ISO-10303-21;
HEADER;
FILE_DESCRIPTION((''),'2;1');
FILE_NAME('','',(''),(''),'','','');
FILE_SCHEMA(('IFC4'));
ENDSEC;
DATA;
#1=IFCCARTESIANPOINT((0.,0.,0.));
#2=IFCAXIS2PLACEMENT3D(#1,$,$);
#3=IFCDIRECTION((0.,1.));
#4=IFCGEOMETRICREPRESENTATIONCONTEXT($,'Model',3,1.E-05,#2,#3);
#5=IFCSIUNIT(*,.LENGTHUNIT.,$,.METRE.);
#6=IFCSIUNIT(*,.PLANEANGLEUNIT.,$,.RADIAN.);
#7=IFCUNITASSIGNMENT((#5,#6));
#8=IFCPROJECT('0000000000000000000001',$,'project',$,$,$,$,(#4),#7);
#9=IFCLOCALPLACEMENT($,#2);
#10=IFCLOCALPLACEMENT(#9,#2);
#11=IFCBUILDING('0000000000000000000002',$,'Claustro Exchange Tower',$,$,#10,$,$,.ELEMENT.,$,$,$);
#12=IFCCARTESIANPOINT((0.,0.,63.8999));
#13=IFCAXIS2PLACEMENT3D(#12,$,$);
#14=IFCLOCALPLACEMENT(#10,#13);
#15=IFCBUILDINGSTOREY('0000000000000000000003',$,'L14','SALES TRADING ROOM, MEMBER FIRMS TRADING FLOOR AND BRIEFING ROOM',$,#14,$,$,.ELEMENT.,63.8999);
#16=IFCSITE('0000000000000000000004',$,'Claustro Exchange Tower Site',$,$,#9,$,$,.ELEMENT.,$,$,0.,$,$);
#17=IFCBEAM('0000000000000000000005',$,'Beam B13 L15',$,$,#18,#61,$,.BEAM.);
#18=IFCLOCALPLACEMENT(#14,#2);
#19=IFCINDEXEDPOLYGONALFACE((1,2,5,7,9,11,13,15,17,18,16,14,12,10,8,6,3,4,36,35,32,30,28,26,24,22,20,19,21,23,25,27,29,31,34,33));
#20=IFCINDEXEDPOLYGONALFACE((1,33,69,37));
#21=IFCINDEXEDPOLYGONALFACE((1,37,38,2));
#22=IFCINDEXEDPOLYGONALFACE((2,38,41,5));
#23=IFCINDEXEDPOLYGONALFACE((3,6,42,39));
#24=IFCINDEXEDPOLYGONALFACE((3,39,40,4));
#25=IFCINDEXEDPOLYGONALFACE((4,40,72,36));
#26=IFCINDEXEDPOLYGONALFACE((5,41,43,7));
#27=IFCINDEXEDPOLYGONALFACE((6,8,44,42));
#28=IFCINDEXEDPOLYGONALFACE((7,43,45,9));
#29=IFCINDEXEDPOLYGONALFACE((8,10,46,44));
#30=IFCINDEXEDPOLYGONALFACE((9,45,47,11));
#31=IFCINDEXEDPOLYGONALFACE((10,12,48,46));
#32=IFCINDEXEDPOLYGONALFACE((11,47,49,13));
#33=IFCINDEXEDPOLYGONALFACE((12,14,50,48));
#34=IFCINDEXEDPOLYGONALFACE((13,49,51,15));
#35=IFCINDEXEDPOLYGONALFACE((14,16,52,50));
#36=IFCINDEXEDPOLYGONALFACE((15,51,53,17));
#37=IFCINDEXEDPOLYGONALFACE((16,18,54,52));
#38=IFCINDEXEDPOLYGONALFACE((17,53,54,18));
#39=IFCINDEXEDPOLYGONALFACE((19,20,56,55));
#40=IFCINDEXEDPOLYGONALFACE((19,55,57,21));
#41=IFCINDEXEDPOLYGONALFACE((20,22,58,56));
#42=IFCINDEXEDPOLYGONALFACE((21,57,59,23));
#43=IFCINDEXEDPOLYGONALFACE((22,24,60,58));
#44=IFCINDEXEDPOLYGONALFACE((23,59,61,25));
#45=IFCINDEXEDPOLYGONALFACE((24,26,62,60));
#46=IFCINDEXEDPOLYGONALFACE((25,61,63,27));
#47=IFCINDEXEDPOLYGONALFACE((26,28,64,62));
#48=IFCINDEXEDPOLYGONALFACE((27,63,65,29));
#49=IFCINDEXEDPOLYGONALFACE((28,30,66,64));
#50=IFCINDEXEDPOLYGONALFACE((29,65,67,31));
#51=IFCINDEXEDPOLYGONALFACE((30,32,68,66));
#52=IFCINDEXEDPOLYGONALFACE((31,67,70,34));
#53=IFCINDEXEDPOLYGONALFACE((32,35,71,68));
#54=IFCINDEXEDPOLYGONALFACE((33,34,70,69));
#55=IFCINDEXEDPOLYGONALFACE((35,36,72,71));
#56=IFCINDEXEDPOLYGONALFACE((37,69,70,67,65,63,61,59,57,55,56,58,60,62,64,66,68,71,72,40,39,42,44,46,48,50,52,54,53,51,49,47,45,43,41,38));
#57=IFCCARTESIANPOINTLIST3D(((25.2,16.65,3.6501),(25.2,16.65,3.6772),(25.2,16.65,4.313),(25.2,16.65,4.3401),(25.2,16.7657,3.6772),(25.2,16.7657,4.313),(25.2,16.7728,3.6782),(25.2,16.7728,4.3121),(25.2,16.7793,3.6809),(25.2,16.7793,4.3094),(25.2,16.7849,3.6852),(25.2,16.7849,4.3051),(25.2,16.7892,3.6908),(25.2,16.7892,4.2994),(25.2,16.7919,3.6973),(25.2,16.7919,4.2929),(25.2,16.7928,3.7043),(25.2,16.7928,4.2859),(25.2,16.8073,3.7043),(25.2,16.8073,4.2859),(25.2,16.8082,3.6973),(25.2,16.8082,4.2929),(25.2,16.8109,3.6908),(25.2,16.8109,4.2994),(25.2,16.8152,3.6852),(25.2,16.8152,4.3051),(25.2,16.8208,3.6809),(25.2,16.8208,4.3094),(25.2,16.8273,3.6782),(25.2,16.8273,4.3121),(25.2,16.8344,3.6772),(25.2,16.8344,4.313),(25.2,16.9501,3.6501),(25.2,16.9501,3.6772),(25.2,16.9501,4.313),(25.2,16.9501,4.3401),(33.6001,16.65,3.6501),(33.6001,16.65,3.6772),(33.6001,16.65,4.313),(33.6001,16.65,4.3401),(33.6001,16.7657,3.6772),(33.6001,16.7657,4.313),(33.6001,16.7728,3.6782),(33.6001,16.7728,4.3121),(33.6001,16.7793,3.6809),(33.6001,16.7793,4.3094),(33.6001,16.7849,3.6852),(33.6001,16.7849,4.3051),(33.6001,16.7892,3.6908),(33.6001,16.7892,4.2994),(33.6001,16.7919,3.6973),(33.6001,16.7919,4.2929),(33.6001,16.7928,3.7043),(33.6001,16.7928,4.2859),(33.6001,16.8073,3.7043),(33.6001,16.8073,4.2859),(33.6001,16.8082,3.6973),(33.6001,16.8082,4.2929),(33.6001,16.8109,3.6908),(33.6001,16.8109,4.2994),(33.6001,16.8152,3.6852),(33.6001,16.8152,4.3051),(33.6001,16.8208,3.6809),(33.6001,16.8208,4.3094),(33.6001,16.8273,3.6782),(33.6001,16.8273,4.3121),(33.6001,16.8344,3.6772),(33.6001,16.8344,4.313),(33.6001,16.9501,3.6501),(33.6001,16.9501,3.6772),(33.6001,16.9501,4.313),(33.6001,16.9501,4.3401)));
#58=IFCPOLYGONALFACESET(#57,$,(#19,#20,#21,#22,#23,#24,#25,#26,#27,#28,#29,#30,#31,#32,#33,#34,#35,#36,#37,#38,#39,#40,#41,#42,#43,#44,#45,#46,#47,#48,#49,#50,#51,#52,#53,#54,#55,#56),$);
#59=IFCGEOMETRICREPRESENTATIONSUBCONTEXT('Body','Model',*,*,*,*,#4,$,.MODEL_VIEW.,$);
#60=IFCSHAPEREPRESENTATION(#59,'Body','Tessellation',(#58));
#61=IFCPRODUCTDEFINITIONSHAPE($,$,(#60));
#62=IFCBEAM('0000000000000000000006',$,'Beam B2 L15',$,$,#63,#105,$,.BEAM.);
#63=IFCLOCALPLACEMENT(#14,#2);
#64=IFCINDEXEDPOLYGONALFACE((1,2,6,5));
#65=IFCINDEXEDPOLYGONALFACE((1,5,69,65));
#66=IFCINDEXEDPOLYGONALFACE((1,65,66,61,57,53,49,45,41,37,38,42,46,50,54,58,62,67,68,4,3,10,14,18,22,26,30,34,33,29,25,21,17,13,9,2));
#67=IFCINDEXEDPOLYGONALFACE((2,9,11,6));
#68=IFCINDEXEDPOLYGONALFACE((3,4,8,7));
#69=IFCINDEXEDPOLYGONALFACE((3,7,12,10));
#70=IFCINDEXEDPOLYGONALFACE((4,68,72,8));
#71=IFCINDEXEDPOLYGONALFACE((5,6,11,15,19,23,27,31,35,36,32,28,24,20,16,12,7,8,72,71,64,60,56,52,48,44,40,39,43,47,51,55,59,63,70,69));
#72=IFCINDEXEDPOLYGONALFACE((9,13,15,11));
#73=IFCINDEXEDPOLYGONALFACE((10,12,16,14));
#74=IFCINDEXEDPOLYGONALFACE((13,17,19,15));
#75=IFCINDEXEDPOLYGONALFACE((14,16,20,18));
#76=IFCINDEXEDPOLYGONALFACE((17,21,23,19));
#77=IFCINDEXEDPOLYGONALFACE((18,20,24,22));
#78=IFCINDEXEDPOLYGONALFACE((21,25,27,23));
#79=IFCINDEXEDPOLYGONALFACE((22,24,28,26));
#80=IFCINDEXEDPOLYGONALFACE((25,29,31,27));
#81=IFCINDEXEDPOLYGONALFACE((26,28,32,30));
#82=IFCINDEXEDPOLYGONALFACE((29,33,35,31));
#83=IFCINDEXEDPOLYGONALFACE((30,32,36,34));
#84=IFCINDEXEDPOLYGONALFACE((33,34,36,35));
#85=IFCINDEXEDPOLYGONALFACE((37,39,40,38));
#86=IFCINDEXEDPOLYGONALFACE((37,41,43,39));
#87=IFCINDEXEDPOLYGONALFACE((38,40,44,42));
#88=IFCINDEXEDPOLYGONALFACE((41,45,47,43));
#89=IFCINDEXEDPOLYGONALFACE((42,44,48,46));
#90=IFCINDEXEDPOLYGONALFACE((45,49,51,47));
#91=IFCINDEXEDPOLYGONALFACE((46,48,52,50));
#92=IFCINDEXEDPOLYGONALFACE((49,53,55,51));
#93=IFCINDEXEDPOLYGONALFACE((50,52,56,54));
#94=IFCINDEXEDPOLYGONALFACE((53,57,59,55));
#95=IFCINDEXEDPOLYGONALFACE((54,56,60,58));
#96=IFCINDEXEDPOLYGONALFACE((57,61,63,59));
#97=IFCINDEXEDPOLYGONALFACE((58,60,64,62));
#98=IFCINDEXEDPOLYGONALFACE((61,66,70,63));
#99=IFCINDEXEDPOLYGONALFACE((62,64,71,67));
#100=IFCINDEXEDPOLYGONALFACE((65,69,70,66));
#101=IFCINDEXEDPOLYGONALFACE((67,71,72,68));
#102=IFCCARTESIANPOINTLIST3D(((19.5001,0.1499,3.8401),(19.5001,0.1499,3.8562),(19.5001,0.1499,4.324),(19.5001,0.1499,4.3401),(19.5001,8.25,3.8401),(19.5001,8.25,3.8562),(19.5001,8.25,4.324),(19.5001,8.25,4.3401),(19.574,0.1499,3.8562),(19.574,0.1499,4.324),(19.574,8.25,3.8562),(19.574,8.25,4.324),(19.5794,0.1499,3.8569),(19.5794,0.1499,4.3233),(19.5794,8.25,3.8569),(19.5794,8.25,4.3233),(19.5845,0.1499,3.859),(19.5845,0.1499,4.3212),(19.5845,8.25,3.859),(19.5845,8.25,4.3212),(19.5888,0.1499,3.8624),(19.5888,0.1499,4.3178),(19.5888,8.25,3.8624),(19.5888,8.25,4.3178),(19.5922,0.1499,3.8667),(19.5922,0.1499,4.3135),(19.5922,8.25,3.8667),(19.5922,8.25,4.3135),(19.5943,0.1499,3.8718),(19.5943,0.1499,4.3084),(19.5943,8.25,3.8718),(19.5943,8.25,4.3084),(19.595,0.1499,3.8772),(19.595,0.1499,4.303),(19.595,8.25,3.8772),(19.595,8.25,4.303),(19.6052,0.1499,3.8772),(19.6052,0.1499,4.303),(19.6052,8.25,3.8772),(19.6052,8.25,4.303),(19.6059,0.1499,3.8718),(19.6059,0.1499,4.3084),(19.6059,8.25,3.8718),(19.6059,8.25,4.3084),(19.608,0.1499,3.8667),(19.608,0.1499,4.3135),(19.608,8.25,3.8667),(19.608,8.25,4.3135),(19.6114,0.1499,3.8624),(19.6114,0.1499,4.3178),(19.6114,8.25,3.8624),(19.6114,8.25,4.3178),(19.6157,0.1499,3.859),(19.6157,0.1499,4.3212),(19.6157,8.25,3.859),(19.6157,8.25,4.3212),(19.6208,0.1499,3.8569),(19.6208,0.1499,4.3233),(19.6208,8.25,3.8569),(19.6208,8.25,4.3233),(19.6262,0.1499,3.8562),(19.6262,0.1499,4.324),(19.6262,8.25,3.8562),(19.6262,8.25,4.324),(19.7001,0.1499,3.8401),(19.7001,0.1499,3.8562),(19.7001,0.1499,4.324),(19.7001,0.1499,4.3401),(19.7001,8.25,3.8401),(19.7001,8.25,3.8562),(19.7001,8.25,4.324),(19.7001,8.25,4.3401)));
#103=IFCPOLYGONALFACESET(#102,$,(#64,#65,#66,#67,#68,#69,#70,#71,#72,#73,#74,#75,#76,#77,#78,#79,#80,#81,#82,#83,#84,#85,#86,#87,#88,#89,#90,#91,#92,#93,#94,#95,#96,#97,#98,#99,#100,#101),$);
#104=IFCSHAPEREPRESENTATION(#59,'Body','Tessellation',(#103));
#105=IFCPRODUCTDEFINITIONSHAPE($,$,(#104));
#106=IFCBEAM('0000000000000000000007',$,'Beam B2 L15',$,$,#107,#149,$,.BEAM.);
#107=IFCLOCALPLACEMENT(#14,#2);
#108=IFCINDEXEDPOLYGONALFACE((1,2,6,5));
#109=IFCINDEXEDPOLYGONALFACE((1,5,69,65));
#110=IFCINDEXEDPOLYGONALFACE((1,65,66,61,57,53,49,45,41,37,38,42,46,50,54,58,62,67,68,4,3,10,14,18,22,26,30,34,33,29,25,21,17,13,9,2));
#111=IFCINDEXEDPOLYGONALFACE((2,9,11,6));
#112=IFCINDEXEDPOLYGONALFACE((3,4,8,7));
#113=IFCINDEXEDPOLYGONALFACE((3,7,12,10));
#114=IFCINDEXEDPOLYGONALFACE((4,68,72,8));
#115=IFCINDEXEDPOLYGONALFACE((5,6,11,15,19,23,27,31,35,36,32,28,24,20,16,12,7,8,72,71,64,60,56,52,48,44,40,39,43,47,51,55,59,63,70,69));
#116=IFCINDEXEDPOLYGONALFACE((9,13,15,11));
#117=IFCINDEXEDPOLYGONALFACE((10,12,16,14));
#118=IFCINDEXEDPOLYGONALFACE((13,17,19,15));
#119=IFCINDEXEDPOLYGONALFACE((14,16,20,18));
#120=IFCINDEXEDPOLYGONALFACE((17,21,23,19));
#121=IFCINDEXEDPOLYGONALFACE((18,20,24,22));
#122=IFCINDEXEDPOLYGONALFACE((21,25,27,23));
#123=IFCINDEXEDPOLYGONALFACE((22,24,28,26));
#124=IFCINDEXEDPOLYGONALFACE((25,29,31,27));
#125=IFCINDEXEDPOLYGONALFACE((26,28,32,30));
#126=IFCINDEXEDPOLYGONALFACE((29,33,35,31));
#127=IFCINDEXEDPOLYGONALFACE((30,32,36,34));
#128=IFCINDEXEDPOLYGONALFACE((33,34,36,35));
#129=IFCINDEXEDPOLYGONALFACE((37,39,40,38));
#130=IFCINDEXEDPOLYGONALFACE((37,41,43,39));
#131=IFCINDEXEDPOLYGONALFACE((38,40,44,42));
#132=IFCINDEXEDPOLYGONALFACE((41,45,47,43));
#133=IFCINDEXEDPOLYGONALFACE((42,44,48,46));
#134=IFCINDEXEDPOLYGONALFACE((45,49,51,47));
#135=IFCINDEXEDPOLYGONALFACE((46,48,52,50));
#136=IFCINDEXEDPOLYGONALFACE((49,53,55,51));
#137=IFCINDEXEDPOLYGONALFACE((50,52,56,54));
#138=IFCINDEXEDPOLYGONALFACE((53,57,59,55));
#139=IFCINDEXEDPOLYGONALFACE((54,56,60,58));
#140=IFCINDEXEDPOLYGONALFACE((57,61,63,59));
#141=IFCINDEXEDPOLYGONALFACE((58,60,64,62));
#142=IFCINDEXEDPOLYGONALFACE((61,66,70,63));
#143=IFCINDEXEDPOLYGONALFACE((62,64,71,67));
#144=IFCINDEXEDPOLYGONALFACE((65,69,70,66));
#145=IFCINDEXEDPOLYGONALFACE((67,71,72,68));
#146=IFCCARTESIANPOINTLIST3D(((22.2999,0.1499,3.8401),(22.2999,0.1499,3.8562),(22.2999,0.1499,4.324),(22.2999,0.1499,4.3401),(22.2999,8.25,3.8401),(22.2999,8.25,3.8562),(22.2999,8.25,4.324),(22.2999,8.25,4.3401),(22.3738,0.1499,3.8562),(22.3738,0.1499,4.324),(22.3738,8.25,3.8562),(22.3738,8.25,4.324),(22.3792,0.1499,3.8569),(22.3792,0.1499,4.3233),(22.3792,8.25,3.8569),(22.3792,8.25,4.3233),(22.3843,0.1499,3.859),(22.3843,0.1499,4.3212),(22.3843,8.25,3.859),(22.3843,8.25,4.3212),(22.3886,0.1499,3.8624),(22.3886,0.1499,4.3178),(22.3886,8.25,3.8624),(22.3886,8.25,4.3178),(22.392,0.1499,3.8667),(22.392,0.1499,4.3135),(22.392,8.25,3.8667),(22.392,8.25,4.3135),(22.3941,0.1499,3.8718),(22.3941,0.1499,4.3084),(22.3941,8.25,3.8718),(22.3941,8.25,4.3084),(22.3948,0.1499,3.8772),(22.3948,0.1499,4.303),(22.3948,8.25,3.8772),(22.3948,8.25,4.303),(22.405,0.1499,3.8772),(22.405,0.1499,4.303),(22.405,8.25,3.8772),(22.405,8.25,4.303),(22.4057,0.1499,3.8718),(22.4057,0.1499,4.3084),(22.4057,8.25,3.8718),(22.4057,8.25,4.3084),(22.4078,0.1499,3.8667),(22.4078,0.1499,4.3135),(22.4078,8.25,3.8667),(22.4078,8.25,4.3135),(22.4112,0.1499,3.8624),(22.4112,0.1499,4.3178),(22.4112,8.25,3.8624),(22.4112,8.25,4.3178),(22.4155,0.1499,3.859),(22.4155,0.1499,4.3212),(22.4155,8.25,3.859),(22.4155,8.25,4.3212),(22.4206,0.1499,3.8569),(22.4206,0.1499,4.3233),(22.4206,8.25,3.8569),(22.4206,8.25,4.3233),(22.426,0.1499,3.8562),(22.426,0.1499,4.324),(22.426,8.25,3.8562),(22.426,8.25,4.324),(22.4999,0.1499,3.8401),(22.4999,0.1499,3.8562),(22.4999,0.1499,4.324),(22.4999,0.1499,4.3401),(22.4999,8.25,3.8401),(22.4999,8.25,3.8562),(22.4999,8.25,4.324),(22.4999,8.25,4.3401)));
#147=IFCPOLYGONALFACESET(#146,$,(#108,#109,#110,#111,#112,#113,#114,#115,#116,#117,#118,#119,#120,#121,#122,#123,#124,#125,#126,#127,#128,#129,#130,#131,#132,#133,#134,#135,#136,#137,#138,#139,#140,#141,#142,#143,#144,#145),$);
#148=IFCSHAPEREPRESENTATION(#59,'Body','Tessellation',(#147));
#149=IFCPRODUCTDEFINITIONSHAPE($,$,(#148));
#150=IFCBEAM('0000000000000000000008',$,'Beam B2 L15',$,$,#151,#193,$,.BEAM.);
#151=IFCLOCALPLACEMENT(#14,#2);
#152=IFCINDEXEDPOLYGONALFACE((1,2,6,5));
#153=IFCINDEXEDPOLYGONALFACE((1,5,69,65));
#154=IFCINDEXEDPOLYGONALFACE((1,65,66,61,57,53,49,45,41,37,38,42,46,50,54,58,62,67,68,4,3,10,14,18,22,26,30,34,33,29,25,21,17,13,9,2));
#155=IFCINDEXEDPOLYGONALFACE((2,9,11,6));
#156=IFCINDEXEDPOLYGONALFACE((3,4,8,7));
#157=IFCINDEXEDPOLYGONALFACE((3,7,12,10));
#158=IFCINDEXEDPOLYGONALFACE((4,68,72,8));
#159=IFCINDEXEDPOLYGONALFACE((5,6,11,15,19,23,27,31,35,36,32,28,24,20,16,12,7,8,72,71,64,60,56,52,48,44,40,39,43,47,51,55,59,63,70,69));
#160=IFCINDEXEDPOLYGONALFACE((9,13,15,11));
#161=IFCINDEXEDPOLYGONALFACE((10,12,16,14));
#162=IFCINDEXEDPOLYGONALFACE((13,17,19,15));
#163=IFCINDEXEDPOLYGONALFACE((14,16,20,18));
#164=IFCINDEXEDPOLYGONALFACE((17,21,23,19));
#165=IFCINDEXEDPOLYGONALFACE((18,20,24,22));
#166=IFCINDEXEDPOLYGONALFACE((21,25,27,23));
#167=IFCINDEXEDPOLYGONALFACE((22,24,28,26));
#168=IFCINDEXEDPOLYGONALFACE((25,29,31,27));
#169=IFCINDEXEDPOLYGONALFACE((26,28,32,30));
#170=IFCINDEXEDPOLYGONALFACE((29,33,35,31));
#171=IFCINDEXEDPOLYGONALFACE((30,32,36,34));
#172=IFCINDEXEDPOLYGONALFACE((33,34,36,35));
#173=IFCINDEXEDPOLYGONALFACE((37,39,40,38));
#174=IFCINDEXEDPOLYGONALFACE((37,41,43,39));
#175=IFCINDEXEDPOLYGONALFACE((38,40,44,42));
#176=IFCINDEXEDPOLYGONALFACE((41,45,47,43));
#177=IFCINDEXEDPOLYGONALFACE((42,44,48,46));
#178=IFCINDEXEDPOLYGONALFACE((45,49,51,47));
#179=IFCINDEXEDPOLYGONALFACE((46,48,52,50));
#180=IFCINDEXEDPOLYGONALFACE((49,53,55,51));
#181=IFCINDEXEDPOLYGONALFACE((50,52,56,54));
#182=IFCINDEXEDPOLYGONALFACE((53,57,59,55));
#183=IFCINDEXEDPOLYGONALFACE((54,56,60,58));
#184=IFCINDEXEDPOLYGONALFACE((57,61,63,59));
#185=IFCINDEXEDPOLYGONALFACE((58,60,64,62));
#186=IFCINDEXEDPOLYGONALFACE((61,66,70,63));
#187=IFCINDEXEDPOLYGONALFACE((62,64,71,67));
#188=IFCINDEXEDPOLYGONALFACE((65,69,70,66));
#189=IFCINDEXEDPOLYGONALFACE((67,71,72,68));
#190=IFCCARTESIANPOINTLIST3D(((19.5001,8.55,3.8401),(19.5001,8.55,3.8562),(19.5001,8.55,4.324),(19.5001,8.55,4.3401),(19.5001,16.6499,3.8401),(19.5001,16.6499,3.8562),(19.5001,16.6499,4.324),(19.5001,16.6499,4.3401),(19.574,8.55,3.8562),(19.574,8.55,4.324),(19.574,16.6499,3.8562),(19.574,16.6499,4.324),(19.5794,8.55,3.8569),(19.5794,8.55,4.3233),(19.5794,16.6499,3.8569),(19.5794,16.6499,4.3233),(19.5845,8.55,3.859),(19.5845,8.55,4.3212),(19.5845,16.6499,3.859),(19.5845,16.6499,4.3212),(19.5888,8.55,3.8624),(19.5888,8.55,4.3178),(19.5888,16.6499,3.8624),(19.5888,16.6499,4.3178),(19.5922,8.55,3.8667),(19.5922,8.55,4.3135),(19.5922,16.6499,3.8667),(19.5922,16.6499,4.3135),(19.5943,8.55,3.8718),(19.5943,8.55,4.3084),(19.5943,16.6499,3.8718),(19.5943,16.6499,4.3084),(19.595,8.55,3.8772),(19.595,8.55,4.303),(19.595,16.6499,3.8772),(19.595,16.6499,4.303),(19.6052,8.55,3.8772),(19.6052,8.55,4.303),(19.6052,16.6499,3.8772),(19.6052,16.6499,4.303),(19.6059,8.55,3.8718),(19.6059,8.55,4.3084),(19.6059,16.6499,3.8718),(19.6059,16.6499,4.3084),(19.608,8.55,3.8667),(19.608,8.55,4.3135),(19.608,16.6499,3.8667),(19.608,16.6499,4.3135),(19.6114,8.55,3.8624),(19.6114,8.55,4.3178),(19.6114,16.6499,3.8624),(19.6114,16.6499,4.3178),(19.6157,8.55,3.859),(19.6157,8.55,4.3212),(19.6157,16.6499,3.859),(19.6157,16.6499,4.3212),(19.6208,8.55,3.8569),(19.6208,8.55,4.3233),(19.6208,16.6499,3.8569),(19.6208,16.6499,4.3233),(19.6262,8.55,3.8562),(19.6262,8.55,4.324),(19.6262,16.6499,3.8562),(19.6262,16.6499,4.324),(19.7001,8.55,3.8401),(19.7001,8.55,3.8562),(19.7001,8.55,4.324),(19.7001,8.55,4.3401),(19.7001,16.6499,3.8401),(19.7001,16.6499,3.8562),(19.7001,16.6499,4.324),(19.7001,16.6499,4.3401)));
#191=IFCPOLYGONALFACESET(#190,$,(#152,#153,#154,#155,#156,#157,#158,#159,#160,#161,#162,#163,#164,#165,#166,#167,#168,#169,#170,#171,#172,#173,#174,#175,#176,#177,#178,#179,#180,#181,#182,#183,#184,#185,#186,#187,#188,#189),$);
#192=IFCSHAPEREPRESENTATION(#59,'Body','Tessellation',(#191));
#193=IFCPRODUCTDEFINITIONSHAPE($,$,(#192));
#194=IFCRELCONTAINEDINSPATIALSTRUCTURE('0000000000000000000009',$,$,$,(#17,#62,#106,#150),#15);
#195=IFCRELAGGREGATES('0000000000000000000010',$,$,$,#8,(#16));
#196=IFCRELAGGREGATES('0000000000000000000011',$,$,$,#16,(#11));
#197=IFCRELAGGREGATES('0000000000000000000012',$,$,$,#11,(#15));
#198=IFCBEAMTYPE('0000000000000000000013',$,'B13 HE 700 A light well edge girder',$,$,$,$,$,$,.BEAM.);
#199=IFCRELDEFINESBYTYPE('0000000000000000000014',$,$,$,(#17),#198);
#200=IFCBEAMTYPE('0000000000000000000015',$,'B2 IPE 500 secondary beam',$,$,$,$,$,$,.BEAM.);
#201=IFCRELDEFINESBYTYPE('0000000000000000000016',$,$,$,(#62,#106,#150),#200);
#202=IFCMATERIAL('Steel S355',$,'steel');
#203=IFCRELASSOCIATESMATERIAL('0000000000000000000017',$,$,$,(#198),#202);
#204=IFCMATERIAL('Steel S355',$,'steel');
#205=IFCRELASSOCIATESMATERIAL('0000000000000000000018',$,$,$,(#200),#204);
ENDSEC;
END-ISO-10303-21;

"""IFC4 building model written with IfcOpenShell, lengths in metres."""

from ifc_helpers import new_model, si_unit, direction, frame, origin, origin_2d, place, context, subcontext, project, spatial, i_section, extrude, material, material_profile, profile_set, type_object, element, save


model = new_model("IFC4")

# Units and contexts
model_context = context("Model", 3, precision=1e-05, world=origin(), true_north=direction((0.0, 1.0)))
body_context = subcontext(model_context, "Body", "Model", "MODEL_VIEW")
ifc_project = project(units=[si_unit("LENGTHUNIT", "METRE"), si_unit("PLANEANGLEUNIT", "RADIAN")], contexts=[model_context])

# Site, building, storey
site_placement = place(None, origin())
site = spatial("IfcSite", under=ifc_project, at=site_placement, Name="Claustro Exchange Tower Site", CompositionType="ELEMENT", RefElevation=0.0)
building_placement = place(site_placement, origin())
building = spatial("IfcBuilding", under=site, at=building_placement, Name="Claustro Exchange Tower", CompositionType="ELEMENT")
storey_placement = place(building_placement, frame((0.0, 0.0, 63.8999)))
storey = spatial("IfcBuildingStorey", under=building, at=storey_placement, Name="L14", Description="SALES TRADING ROOM, MEMBER FIRMS TRADING FLOOR AND BRIEFING ROOM", CompositionType="ELEMENT", Elevation=63.8999)

# Beams
ifc_material_1 = material(Name="Steel S355", Category="steel")
ifc_material_profile_1 = material_profile(ifc_material_1, i_section(OverallWidth=0.3, OverallDepth=0.6899, WebThickness=0.0144, FlangeThickness=0.0271, FilletRadius=0.0271, at=origin_2d()), Name="HE 700 A")
ifc_profile_set_1 = profile_set([ifc_material_profile_1], Name="Steel S355")
beam_type_1 = type_object("IfcBeamType", Name="B13 HE 700 A light well edge girder", PredefinedType="BEAM", material=ifc_profile_set_1)
beam_1_placement = place(storey_placement, frame((25.2, 16.8, 3.9951), z_axis=(1.0, 0.0, 0.0), x_axis=(0.0, 1.0, 0.0)))
element("IfcBeam", 1, at=beam_1_placement, inside=storey, type_object=beam_type_1, Name="Beam B13 L15", PredefinedType="BEAM", context=body_context, shape_type="SweptSolid", body=[
    extrude(i_section(OverallWidth=0.3, OverallDepth=0.6899, WebThickness=0.0144, FlangeThickness=0.0271, FilletRadius=0.0271, at=origin_2d()), origin(), (0.0, 0.0, 1.0), 8.4001),
])
ifc_material_2 = material(Name="Steel S355", Category="steel")
ifc_material_profile_2 = material_profile(ifc_material_2, i_section(OverallWidth=0.2, OverallDepth=0.5, WebThickness=0.0103, FlangeThickness=0.0161, FilletRadius=0.021, at=origin_2d()), Name="IPE 500")
ifc_profile_set_2 = profile_set([ifc_material_profile_2], Name="Steel S355")
beam_type_2 = type_object("IfcBeamType", Name="B2 IPE 500 secondary beam", PredefinedType="BEAM", material=ifc_profile_set_2)
for number, where, z_axis, x_axis, name in (
    (2, (19.6001, 0.1499, 4.0901), (0.0, 1.0, 0.0), (-1.0, 0.0, 0.0), "Beam B2 L15"),
    (3, (22.3999, 0.1499, 4.0901), (0.0, 1.0, 0.0), (-1.0, 0.0, 0.0), "Beam B2 L15"),
):
    element("IfcBeam", number, at=place(storey_placement, frame(where, z_axis=z_axis, x_axis=x_axis)), inside=storey, type_object=beam_type_2, Name=name, PredefinedType="BEAM", context=body_context, shape_type="SweptSolid", body=[
        extrude(i_section(OverallWidth=0.2, OverallDepth=0.5, WebThickness=0.0103, FlangeThickness=0.0161, FilletRadius=0.021, at=origin_2d()), origin(), (0.0, 0.0, 1.0), 8.1001),
    ])
for number, where, z_axis, x_axis, name in (
    (4, (19.6001, 8.55, 4.0901), (0.0, 1.0, 0.0), (-1.0, 0.0, 0.0), "Beam B2 L15"),
):
    element("IfcBeam", number, at=place(storey_placement, frame(where, z_axis=z_axis, x_axis=x_axis)), inside=storey, type_object=beam_type_2, Name=name, PredefinedType="BEAM", context=body_context, shape_type="SweptSolid", body=[
        extrude(i_section(OverallWidth=0.2, OverallDepth=0.5, WebThickness=0.0103, FlangeThickness=0.0161, FilletRadius=0.021, at=origin_2d()), origin(), (0.0, 0.0, 1.0), 8.0999),
    ])

save(model, "model.ifc")
